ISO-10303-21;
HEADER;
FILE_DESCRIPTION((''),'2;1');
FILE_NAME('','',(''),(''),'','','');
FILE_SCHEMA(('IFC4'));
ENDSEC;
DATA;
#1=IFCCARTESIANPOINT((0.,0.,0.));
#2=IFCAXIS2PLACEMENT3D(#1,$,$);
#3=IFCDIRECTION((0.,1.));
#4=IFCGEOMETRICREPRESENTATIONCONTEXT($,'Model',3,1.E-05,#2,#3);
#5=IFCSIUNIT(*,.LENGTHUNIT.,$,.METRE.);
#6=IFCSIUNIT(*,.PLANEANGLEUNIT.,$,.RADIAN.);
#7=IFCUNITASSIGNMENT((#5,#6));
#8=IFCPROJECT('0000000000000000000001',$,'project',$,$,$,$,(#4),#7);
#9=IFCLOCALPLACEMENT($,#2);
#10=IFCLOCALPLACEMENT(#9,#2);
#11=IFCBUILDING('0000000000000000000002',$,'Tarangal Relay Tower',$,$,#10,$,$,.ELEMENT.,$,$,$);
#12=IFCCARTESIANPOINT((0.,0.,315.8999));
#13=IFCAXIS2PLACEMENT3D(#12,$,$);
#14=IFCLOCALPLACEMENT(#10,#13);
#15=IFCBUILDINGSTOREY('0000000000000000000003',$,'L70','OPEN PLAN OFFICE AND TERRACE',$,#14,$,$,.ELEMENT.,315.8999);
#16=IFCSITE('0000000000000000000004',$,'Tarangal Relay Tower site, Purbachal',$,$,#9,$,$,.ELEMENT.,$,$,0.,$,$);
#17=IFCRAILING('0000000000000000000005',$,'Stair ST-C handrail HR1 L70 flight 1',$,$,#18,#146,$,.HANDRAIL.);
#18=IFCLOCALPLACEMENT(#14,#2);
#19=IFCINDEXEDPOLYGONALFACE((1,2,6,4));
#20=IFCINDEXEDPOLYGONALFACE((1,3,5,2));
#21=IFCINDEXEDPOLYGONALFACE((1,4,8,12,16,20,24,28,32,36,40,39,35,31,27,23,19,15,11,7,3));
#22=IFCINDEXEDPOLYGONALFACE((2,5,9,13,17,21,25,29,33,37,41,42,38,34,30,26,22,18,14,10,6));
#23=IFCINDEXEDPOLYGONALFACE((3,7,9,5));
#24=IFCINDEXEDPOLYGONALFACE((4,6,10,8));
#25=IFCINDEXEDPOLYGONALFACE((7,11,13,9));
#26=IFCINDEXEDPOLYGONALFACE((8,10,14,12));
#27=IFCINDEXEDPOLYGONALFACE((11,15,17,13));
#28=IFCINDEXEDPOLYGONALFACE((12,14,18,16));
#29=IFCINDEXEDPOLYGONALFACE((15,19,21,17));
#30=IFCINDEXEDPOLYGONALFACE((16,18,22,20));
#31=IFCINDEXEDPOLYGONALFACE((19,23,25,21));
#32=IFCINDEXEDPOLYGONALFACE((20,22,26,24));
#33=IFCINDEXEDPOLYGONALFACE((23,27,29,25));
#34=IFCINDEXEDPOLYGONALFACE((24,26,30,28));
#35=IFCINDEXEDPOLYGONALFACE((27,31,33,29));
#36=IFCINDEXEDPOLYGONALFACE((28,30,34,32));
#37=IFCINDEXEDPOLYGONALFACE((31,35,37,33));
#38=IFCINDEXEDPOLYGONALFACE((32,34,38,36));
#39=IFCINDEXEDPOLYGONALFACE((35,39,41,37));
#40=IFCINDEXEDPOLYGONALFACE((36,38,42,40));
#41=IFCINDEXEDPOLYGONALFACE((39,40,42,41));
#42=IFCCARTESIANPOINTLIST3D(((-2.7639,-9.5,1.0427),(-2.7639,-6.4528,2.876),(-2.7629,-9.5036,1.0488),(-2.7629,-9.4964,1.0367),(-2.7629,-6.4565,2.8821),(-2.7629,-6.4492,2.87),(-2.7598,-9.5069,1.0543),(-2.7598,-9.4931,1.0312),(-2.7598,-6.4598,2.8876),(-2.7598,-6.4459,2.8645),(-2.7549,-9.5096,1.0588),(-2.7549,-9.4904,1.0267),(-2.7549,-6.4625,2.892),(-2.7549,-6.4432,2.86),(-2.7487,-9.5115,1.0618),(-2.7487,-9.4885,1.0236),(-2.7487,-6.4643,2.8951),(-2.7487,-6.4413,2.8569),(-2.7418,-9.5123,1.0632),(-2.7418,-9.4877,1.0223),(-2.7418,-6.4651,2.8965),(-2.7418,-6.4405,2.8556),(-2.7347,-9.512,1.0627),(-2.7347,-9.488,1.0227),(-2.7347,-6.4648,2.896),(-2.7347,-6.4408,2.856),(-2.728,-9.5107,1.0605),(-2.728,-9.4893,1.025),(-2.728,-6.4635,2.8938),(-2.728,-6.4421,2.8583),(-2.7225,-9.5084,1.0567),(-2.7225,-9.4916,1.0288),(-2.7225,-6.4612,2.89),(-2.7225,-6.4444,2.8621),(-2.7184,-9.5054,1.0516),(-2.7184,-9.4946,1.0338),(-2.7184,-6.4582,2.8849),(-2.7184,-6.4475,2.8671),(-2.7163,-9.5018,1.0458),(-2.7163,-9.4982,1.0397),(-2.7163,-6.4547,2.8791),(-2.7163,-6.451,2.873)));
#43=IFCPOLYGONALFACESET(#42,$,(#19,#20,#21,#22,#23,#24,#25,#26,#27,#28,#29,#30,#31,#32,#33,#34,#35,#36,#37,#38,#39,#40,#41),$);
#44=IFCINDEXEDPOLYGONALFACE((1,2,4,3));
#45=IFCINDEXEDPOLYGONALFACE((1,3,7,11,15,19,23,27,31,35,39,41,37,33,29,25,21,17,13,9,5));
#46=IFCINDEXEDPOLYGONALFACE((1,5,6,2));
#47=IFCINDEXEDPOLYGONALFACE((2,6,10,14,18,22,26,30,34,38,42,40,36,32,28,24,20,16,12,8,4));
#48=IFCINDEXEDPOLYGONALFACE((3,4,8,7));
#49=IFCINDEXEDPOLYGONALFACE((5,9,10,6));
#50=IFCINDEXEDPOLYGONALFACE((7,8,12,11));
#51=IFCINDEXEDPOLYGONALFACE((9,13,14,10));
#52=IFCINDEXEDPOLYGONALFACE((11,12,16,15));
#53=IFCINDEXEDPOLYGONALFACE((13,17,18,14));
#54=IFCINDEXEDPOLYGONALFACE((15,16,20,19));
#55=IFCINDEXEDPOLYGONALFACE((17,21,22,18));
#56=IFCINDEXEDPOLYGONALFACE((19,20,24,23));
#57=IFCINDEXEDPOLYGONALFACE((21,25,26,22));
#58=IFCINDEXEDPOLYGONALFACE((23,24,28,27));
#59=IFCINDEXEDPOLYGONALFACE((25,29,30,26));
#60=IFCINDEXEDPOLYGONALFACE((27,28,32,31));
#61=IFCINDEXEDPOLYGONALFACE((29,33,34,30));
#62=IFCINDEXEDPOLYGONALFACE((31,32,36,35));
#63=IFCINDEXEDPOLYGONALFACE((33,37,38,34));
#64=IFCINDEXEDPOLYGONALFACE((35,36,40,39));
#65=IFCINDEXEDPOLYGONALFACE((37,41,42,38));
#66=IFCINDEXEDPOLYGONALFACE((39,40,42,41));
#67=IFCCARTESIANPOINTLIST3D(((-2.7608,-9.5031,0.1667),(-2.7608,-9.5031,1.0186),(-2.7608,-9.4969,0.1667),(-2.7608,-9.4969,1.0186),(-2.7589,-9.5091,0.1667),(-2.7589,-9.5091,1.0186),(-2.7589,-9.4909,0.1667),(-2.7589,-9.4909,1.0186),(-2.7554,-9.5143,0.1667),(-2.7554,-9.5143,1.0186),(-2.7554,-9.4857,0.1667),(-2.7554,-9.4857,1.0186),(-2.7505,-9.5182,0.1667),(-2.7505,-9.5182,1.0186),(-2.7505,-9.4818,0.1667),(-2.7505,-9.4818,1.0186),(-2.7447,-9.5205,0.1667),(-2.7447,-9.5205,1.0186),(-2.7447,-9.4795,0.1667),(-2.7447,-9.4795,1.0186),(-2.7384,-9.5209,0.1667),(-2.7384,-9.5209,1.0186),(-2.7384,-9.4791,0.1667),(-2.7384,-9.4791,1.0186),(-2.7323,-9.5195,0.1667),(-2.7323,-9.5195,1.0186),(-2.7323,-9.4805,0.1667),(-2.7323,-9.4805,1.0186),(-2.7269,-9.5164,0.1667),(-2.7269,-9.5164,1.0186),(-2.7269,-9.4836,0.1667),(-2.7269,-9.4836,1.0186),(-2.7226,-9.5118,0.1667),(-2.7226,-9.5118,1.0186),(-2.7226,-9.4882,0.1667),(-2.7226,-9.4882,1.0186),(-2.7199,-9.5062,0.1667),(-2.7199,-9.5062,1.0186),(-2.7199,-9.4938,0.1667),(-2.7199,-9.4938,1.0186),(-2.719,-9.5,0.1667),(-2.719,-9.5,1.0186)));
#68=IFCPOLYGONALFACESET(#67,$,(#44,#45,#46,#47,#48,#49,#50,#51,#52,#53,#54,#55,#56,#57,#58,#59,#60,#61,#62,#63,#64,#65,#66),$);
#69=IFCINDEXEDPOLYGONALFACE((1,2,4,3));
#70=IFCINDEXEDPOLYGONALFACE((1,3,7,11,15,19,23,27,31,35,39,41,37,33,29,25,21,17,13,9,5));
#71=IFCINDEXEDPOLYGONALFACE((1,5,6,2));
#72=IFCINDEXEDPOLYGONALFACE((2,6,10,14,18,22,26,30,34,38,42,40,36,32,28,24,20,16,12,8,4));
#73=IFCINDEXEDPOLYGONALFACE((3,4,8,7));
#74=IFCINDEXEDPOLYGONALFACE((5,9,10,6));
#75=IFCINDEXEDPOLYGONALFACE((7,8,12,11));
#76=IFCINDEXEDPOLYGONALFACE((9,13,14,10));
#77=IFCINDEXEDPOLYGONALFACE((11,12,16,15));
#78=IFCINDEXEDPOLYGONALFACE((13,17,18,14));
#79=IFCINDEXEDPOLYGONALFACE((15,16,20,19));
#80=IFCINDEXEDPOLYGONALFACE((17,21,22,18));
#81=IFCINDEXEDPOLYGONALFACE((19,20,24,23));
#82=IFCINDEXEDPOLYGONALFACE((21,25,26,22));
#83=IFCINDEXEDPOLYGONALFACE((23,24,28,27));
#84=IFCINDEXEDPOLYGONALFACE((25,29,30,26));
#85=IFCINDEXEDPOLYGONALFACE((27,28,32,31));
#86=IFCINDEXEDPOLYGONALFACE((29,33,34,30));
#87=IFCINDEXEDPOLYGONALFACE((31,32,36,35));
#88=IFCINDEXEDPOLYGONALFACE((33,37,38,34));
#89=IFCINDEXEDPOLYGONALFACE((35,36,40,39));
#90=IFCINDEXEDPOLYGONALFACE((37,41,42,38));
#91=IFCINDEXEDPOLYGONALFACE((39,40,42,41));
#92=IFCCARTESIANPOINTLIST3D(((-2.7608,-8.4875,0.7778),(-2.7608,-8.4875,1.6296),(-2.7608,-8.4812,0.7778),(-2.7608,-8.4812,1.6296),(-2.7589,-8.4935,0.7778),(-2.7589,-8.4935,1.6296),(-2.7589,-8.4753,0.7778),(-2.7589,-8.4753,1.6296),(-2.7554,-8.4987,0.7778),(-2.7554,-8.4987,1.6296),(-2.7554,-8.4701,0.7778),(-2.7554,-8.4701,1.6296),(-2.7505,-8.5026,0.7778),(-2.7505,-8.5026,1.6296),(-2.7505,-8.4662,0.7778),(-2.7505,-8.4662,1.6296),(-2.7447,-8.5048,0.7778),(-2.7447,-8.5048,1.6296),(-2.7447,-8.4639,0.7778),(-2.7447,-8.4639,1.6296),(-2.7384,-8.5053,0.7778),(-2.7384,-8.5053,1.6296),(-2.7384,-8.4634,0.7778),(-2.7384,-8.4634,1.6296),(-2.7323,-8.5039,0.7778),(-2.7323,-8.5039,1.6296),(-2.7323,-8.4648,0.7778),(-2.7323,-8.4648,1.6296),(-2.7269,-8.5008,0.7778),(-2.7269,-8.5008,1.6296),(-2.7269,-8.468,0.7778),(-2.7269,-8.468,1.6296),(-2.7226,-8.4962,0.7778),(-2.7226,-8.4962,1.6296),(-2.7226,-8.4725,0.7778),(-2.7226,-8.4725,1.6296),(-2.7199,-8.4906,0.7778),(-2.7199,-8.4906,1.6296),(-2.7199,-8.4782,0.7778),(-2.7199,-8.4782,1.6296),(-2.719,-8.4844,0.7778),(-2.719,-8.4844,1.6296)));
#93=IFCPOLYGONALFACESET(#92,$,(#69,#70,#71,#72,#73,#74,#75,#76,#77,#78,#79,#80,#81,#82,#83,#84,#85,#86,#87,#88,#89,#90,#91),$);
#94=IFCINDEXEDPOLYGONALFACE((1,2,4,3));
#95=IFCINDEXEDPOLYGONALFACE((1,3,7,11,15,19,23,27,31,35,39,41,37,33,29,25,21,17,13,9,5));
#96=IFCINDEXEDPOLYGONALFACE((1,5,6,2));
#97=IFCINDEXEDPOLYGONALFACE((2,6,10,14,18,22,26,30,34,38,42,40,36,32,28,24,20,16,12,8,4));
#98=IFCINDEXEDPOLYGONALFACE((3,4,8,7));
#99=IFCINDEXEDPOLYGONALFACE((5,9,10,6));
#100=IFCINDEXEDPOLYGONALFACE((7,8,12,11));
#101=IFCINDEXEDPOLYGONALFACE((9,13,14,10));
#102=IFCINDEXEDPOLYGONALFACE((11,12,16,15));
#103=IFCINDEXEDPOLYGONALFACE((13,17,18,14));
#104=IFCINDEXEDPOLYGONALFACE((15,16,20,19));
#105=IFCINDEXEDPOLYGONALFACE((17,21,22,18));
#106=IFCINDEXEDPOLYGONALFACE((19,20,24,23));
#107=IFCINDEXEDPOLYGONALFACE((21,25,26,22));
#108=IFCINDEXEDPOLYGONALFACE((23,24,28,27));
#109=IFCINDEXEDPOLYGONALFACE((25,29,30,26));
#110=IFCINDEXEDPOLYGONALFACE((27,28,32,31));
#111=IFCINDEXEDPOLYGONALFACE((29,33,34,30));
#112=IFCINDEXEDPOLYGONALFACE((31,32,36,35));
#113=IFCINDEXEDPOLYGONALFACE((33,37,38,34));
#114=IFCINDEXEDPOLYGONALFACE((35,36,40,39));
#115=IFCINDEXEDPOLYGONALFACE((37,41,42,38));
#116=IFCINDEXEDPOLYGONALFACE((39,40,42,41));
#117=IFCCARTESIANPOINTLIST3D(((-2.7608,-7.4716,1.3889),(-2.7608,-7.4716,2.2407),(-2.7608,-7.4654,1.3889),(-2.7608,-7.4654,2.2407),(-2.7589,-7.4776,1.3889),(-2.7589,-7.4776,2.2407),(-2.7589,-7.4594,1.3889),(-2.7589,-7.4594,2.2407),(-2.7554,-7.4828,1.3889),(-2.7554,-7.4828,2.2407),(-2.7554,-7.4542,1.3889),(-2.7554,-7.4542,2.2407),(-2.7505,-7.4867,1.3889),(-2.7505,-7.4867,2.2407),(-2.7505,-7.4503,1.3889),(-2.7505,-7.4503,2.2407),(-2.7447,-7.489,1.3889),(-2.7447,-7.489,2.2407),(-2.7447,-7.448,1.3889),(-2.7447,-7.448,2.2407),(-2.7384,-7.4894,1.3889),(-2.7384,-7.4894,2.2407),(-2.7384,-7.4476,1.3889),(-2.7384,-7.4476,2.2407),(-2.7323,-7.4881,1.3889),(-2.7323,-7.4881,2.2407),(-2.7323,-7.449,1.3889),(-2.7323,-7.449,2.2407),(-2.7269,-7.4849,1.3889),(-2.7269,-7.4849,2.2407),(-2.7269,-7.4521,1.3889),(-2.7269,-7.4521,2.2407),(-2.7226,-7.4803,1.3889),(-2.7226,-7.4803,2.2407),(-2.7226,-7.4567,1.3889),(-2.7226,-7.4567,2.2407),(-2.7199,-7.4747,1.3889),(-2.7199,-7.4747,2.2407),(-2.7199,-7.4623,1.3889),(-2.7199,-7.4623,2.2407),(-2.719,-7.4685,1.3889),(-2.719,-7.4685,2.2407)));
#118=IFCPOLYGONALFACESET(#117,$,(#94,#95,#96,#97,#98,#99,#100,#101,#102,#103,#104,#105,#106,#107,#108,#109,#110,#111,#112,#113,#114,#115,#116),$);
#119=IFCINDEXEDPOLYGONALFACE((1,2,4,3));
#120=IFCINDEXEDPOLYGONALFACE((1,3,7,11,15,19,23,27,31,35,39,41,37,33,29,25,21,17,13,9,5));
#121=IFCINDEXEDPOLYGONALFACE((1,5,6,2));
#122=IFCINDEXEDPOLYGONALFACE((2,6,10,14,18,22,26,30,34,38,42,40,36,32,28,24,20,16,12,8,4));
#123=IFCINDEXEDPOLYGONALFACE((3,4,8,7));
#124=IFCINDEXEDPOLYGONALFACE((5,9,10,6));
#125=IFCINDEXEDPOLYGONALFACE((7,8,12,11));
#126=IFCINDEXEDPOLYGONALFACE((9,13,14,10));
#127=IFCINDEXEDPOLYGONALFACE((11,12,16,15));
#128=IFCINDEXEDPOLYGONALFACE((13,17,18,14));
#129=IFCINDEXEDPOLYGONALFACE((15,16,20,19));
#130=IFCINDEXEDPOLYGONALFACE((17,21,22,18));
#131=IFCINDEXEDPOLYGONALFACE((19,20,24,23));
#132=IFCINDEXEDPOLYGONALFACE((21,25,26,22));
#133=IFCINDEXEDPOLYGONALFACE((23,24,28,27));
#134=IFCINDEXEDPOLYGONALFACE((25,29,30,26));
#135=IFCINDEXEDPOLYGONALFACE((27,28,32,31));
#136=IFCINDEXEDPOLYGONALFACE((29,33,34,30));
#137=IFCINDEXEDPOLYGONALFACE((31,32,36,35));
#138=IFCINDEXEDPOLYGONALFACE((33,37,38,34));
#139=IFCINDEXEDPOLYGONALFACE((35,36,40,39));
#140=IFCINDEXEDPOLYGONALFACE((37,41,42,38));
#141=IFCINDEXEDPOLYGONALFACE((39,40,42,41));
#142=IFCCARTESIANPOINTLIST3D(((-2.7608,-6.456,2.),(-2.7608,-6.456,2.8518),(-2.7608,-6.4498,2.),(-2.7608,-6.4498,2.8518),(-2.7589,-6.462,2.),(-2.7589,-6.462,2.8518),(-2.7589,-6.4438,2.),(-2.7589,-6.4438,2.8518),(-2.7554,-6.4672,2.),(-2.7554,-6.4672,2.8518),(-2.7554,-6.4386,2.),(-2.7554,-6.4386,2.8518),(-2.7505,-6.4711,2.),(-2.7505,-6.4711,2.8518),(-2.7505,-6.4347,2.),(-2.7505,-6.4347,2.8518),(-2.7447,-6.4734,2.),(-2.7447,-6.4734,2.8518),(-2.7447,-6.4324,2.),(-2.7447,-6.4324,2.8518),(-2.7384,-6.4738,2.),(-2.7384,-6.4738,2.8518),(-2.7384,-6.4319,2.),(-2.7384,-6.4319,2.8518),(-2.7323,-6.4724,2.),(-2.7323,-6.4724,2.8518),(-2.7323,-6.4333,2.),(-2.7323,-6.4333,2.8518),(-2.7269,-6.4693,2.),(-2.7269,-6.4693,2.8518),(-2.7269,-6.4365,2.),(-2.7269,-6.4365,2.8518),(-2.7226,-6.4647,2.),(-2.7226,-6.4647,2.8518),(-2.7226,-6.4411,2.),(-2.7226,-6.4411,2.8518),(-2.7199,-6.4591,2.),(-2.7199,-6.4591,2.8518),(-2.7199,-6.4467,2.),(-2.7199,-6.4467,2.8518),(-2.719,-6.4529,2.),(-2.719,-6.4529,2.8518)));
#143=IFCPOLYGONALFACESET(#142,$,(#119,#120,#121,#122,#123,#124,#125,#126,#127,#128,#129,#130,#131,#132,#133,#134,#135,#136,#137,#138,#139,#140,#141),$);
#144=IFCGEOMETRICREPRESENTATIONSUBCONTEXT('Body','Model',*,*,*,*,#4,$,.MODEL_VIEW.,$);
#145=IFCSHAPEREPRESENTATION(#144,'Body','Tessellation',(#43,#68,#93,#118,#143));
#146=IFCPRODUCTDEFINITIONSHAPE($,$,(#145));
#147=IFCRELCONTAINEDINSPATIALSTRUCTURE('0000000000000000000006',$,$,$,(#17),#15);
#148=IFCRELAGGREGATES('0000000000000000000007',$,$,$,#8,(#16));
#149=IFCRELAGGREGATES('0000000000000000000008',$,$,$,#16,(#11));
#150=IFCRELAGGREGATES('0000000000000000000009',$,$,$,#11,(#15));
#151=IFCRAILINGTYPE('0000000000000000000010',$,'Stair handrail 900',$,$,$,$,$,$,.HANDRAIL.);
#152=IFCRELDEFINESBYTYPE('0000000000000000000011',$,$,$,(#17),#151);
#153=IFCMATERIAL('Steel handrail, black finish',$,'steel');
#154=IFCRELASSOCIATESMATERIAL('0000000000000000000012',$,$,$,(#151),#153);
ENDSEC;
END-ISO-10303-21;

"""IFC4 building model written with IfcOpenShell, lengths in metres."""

from ifc_helpers import new_model, si_unit, direction, frame, origin, origin_2d, place, context, subcontext, project, spatial, circle, extrude, material, type_object, element, save


model = new_model("IFC4")

# Units and contexts
model_context = context("Model", 3, precision=1e-05, world=origin(), true_north=direction((0.0, 1.0)))
body_context = subcontext(model_context, "Body", "Model", "MODEL_VIEW")
ifc_project = project(units=[si_unit("LENGTHUNIT", "METRE"), si_unit("PLANEANGLEUNIT", "RADIAN")], contexts=[model_context])

# Site, building, storey
site_placement = place(None, origin())
site = spatial("IfcSite", under=ifc_project, at=site_placement, Name="Tarangal Relay Tower site, Purbachal", CompositionType="ELEMENT", RefElevation=0.0)
building_placement = place(site_placement, origin())
building = spatial("IfcBuilding", under=site, at=building_placement, Name="Tarangal Relay Tower", CompositionType="ELEMENT")
storey_placement = place(building_placement, frame((0.0, 0.0, 315.8999)))
storey = spatial("IfcBuildingStorey", under=building, at=storey_placement, Name="L70", Description="OPEN PLAN OFFICE AND TERRACE", CompositionType="ELEMENT", Elevation=315.8999)

# Railing
ifc_material_1 = material(Name="Steel handrail, black finish", Category="steel")
railing_type_1 = type_object("IfcRailingType", Name="Stair handrail 900", PredefinedType="HANDRAIL", material=ifc_material_1)
railing_1_placement = place(storey_placement, frame((-2.74, -9.5, 0.1667)))
element("IfcRailing", 1, at=railing_1_placement, inside=storey, type_object=railing_type_1, Name="Stair ST-C handrail HR1 L70 flight 1", PredefinedType="HANDRAIL", context=body_context, shape_type="SweptSolid", body=[
    extrude(circle(Radius=0.0239, at=origin_2d()), frame((0.0, 0.0, 0.876), z_axis=(0.0, 0.856874, 0.515525), x_axis=(-1.0, 0.0, 0.0)), (0.0, 0.0, 1.0), 3.5562),
    extrude(circle(Radius=0.021, at=origin_2d()), origin(), (0.0, 0.0, 1.0), 0.8518),
    extrude(circle(Radius=0.021, at=origin_2d()), frame((0.0, 1.0156, 0.6111)), (0.0, 0.0, 1.0), 0.8518),
    extrude(circle(Radius=0.021, at=origin_2d()), frame((0.0, 2.0315, 1.2222)), (0.0, 0.0, 1.0), 0.8518),
    extrude(circle(Radius=0.021, at=origin_2d()), frame((0.0, 3.0471, 1.8333)), (0.0, 0.0, 1.0), 0.8518),
])

save(model, "model.ifc")
